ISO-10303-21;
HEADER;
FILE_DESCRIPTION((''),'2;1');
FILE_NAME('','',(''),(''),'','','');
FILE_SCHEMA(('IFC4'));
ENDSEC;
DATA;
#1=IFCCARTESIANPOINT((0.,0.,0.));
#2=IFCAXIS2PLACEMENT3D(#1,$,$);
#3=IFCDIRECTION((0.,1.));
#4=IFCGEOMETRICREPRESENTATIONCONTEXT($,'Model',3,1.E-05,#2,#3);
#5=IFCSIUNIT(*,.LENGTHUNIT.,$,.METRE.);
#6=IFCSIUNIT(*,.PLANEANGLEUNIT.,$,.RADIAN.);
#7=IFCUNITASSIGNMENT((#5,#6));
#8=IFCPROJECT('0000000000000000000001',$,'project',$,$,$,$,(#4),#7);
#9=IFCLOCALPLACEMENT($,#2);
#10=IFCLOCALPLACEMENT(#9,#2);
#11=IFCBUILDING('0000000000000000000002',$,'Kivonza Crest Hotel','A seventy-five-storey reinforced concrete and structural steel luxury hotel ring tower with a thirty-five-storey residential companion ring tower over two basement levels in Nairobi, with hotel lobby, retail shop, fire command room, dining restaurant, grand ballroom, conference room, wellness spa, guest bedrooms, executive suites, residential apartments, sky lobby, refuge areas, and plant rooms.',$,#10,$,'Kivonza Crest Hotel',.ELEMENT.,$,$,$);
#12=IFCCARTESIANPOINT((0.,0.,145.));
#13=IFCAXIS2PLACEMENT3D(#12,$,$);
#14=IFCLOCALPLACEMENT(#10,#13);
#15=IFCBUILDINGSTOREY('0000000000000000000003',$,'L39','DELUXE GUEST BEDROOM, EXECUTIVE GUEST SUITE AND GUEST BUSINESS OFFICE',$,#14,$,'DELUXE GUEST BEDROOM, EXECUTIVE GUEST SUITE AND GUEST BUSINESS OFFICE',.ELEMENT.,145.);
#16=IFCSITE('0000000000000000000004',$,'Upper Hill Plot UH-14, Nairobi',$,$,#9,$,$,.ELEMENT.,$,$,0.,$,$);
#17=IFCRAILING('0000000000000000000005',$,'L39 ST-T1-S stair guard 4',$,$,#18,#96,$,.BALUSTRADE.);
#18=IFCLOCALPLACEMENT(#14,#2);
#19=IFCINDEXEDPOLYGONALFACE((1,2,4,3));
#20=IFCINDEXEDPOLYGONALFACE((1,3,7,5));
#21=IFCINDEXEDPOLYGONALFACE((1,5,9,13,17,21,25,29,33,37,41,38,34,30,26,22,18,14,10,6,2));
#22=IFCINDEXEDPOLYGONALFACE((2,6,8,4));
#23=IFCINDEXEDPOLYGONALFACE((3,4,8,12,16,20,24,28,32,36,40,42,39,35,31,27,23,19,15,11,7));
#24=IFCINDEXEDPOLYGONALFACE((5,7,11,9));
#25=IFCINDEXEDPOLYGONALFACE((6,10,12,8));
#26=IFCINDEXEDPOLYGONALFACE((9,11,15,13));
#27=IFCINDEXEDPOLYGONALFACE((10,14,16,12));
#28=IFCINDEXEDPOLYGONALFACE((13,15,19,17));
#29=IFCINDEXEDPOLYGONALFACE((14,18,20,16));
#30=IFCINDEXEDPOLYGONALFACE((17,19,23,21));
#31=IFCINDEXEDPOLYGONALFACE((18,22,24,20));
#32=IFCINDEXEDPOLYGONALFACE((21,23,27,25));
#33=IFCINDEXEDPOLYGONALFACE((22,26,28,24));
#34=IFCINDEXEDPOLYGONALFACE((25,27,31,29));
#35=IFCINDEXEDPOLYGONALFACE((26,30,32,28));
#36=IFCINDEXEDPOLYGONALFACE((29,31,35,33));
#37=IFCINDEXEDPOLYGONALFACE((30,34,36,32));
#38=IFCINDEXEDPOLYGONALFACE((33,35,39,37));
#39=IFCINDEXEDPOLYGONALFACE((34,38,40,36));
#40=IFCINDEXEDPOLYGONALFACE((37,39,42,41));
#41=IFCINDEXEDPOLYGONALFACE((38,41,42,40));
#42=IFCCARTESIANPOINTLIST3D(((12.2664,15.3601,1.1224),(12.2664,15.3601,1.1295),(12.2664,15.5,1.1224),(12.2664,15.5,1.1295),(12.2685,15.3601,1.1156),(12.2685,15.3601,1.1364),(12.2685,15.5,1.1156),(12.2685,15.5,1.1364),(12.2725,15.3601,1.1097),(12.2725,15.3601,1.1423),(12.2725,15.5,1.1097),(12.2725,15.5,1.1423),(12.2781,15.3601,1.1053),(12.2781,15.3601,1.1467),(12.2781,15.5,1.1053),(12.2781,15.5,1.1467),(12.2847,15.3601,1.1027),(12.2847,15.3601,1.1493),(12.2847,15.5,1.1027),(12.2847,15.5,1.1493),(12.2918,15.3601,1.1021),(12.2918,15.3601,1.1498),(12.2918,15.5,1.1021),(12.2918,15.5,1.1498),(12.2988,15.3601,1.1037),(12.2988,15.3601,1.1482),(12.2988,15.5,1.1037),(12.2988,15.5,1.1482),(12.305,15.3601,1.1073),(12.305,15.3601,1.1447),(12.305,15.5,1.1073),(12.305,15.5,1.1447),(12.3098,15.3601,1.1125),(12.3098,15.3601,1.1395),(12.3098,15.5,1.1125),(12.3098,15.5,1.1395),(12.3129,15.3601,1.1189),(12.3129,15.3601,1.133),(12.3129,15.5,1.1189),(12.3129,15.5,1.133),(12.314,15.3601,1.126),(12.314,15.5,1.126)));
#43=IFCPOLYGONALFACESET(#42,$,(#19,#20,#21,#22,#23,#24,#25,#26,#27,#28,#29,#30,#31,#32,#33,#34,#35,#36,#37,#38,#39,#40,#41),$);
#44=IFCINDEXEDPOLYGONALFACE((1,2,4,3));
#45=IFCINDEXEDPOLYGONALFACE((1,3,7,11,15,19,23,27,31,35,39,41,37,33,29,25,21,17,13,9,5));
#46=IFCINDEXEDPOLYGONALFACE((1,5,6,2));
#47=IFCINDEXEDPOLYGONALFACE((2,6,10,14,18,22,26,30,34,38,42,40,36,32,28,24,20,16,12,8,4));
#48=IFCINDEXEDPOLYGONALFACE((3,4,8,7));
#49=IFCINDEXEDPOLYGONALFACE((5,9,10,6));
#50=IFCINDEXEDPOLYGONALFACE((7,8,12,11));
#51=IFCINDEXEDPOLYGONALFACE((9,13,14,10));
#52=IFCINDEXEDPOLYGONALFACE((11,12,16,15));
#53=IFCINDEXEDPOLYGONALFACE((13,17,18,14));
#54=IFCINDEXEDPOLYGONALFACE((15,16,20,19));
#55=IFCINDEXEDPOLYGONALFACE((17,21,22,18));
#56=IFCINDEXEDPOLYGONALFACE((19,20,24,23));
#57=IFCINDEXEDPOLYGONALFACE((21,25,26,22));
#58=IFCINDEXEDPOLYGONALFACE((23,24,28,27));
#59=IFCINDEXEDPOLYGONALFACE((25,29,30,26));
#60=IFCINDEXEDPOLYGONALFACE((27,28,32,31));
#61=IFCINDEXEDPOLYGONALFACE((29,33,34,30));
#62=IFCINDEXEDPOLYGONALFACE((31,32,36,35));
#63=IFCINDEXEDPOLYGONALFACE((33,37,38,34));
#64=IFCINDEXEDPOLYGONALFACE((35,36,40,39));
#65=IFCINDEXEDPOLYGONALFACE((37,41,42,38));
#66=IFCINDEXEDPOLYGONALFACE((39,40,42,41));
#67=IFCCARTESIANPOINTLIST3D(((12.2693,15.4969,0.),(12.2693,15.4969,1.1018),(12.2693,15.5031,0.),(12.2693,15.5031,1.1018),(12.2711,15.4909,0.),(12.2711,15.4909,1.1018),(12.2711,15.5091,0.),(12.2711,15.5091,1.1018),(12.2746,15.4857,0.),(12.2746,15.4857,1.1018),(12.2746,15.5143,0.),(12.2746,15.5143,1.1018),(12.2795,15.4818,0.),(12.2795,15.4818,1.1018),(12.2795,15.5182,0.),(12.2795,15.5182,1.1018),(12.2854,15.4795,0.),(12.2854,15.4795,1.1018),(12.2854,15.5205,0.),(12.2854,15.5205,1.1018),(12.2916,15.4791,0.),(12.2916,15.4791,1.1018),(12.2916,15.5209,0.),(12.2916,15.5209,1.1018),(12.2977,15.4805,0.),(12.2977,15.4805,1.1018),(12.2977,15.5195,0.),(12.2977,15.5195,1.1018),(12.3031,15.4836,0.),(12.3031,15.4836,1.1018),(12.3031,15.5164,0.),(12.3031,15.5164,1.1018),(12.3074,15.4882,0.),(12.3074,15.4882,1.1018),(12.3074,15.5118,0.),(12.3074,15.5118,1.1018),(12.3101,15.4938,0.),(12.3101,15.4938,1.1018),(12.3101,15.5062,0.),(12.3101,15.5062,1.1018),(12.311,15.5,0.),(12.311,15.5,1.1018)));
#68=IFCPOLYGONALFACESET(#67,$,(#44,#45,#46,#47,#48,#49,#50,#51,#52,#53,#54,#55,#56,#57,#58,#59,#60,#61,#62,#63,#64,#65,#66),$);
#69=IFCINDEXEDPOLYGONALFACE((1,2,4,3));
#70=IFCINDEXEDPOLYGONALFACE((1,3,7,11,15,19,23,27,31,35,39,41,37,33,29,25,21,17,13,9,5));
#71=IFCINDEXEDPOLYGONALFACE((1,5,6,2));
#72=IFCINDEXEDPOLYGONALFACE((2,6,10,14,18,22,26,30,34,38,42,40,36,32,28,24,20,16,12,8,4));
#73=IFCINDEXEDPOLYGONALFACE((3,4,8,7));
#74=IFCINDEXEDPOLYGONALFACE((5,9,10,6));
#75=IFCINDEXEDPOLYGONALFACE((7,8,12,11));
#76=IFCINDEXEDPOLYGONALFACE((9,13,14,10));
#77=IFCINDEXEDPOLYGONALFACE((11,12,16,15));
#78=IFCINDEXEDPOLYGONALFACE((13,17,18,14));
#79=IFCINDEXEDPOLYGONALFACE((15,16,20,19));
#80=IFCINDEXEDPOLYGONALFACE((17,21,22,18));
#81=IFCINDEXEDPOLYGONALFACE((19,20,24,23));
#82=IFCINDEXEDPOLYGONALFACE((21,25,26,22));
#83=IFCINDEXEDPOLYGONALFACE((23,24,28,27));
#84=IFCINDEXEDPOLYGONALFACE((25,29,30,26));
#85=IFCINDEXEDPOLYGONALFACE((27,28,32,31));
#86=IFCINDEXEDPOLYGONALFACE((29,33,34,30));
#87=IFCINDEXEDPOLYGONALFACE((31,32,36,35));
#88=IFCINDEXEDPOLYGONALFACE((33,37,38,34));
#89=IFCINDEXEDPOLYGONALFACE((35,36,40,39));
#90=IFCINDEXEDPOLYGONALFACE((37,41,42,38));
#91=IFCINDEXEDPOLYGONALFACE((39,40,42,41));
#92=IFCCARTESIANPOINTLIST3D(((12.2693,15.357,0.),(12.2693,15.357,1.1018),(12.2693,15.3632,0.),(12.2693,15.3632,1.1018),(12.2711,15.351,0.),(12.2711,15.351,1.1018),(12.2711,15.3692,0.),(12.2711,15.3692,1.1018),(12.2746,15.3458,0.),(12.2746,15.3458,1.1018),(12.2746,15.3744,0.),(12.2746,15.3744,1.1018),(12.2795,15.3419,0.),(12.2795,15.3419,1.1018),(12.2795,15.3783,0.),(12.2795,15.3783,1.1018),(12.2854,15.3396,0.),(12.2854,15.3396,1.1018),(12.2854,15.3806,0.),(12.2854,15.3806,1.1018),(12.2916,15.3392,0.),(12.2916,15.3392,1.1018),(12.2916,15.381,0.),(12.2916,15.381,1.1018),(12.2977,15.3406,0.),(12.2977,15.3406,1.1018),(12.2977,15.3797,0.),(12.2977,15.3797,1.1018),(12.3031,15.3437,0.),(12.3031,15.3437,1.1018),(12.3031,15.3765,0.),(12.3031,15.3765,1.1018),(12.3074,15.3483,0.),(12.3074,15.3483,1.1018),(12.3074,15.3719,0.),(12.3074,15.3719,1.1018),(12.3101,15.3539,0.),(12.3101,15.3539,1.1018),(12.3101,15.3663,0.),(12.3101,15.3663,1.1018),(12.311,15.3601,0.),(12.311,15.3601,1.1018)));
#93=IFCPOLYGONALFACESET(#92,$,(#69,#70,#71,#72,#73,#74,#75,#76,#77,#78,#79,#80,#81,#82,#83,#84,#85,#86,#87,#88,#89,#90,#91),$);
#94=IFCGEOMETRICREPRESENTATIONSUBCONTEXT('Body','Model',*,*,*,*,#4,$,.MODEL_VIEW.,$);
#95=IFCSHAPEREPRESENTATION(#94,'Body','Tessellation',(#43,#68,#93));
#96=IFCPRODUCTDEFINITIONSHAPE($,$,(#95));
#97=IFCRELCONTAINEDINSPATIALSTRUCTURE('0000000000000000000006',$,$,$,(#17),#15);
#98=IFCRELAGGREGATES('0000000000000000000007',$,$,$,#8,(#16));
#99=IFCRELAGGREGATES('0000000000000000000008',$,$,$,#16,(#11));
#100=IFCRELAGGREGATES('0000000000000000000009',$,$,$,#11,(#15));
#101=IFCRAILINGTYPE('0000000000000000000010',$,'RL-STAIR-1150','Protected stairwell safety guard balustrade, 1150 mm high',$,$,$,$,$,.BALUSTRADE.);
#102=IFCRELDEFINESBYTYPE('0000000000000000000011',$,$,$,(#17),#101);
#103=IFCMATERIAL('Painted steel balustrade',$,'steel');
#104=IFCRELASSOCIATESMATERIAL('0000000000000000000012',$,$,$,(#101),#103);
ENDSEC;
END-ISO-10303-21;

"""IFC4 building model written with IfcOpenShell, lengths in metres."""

from ifc_helpers import new_model, si_unit, direction, frame, origin, origin_2d, place, context, subcontext, project, spatial, circle, extrude, material, type_object, element, save


model = new_model("IFC4")

# Units and contexts
model_context = context("Model", 3, precision=1e-05, world=origin(), true_north=direction((0.0, 1.0)))
body_context = subcontext(model_context, "Body", "Model", "MODEL_VIEW")
ifc_project = project(units=[si_unit("LENGTHUNIT", "METRE"), si_unit("PLANEANGLEUNIT", "RADIAN")], contexts=[model_context])

# Site, building, storey
site_placement = place(None, origin())
site = spatial("IfcSite", under=ifc_project, at=site_placement, Name="Upper Hill Plot UH-14, Nairobi", CompositionType="ELEMENT", RefElevation=0.0)
building_placement = place(site_placement, origin())
building = spatial("IfcBuilding", under=site, at=building_placement, Name="Kivonza Crest Hotel", Description="A seventy-five-storey reinforced concrete and structural steel luxury hotel ring tower with a thirty-five-storey residential companion ring tower over two basement levels in Nairobi, with hotel lobby, retail shop, fire command room, dining restaurant, grand ballroom, conference room, wellness spa, guest bedrooms, executive suites, residential apartments, sky lobby, refuge areas, and plant rooms.", LongName="Kivonza Crest Hotel", CompositionType="ELEMENT")
storey_placement = place(building_placement, frame((0.0, 0.0, 145.0)))
storey = spatial("IfcBuildingStorey", under=building, at=storey_placement, Name="L39", Description="DELUXE GUEST BEDROOM, EXECUTIVE GUEST SUITE AND GUEST BUSINESS OFFICE", LongName="DELUXE GUEST BEDROOM, EXECUTIVE GUEST SUITE AND GUEST BUSINESS OFFICE", CompositionType="ELEMENT", Elevation=145.0)

# Railing
ifc_material_1 = material(Name="Painted steel balustrade", Category="steel")
railing_type_1 = type_object("IfcRailingType", Name="RL-STAIR-1150", Description="Protected stairwell safety guard balustrade, 1150 mm high", PredefinedType="BALUSTRADE", material=ifc_material_1)
railing_1_placement = place(storey_placement, frame((12.29, 15.5, 0.0)))
element("IfcRailing", 1, at=railing_1_placement, inside=storey, type_object=railing_type_1, Name="L39 ST-T1-S stair guard 4", PredefinedType="BALUSTRADE", context=body_context, shape_type="SweptSolid", body=[
    extrude(circle(Radius=0.0239, at=origin_2d()), frame((0.0, 0.0, 1.126), z_axis=(0.0, -1.0, 0.0), x_axis=(1.0, 0.0, 0.0)), (0.0, 0.0, 1.0), 0.1399),
    extrude(circle(Radius=0.021, at=origin_2d()), origin(), (0.0, 0.0, 1.0), 1.1018),
    extrude(circle(Radius=0.021, at=origin_2d()), frame((0.0, -0.1399, 0.0)), (0.0, 0.0, 1.0), 1.1018),
])

save(model, "model.ifc")
